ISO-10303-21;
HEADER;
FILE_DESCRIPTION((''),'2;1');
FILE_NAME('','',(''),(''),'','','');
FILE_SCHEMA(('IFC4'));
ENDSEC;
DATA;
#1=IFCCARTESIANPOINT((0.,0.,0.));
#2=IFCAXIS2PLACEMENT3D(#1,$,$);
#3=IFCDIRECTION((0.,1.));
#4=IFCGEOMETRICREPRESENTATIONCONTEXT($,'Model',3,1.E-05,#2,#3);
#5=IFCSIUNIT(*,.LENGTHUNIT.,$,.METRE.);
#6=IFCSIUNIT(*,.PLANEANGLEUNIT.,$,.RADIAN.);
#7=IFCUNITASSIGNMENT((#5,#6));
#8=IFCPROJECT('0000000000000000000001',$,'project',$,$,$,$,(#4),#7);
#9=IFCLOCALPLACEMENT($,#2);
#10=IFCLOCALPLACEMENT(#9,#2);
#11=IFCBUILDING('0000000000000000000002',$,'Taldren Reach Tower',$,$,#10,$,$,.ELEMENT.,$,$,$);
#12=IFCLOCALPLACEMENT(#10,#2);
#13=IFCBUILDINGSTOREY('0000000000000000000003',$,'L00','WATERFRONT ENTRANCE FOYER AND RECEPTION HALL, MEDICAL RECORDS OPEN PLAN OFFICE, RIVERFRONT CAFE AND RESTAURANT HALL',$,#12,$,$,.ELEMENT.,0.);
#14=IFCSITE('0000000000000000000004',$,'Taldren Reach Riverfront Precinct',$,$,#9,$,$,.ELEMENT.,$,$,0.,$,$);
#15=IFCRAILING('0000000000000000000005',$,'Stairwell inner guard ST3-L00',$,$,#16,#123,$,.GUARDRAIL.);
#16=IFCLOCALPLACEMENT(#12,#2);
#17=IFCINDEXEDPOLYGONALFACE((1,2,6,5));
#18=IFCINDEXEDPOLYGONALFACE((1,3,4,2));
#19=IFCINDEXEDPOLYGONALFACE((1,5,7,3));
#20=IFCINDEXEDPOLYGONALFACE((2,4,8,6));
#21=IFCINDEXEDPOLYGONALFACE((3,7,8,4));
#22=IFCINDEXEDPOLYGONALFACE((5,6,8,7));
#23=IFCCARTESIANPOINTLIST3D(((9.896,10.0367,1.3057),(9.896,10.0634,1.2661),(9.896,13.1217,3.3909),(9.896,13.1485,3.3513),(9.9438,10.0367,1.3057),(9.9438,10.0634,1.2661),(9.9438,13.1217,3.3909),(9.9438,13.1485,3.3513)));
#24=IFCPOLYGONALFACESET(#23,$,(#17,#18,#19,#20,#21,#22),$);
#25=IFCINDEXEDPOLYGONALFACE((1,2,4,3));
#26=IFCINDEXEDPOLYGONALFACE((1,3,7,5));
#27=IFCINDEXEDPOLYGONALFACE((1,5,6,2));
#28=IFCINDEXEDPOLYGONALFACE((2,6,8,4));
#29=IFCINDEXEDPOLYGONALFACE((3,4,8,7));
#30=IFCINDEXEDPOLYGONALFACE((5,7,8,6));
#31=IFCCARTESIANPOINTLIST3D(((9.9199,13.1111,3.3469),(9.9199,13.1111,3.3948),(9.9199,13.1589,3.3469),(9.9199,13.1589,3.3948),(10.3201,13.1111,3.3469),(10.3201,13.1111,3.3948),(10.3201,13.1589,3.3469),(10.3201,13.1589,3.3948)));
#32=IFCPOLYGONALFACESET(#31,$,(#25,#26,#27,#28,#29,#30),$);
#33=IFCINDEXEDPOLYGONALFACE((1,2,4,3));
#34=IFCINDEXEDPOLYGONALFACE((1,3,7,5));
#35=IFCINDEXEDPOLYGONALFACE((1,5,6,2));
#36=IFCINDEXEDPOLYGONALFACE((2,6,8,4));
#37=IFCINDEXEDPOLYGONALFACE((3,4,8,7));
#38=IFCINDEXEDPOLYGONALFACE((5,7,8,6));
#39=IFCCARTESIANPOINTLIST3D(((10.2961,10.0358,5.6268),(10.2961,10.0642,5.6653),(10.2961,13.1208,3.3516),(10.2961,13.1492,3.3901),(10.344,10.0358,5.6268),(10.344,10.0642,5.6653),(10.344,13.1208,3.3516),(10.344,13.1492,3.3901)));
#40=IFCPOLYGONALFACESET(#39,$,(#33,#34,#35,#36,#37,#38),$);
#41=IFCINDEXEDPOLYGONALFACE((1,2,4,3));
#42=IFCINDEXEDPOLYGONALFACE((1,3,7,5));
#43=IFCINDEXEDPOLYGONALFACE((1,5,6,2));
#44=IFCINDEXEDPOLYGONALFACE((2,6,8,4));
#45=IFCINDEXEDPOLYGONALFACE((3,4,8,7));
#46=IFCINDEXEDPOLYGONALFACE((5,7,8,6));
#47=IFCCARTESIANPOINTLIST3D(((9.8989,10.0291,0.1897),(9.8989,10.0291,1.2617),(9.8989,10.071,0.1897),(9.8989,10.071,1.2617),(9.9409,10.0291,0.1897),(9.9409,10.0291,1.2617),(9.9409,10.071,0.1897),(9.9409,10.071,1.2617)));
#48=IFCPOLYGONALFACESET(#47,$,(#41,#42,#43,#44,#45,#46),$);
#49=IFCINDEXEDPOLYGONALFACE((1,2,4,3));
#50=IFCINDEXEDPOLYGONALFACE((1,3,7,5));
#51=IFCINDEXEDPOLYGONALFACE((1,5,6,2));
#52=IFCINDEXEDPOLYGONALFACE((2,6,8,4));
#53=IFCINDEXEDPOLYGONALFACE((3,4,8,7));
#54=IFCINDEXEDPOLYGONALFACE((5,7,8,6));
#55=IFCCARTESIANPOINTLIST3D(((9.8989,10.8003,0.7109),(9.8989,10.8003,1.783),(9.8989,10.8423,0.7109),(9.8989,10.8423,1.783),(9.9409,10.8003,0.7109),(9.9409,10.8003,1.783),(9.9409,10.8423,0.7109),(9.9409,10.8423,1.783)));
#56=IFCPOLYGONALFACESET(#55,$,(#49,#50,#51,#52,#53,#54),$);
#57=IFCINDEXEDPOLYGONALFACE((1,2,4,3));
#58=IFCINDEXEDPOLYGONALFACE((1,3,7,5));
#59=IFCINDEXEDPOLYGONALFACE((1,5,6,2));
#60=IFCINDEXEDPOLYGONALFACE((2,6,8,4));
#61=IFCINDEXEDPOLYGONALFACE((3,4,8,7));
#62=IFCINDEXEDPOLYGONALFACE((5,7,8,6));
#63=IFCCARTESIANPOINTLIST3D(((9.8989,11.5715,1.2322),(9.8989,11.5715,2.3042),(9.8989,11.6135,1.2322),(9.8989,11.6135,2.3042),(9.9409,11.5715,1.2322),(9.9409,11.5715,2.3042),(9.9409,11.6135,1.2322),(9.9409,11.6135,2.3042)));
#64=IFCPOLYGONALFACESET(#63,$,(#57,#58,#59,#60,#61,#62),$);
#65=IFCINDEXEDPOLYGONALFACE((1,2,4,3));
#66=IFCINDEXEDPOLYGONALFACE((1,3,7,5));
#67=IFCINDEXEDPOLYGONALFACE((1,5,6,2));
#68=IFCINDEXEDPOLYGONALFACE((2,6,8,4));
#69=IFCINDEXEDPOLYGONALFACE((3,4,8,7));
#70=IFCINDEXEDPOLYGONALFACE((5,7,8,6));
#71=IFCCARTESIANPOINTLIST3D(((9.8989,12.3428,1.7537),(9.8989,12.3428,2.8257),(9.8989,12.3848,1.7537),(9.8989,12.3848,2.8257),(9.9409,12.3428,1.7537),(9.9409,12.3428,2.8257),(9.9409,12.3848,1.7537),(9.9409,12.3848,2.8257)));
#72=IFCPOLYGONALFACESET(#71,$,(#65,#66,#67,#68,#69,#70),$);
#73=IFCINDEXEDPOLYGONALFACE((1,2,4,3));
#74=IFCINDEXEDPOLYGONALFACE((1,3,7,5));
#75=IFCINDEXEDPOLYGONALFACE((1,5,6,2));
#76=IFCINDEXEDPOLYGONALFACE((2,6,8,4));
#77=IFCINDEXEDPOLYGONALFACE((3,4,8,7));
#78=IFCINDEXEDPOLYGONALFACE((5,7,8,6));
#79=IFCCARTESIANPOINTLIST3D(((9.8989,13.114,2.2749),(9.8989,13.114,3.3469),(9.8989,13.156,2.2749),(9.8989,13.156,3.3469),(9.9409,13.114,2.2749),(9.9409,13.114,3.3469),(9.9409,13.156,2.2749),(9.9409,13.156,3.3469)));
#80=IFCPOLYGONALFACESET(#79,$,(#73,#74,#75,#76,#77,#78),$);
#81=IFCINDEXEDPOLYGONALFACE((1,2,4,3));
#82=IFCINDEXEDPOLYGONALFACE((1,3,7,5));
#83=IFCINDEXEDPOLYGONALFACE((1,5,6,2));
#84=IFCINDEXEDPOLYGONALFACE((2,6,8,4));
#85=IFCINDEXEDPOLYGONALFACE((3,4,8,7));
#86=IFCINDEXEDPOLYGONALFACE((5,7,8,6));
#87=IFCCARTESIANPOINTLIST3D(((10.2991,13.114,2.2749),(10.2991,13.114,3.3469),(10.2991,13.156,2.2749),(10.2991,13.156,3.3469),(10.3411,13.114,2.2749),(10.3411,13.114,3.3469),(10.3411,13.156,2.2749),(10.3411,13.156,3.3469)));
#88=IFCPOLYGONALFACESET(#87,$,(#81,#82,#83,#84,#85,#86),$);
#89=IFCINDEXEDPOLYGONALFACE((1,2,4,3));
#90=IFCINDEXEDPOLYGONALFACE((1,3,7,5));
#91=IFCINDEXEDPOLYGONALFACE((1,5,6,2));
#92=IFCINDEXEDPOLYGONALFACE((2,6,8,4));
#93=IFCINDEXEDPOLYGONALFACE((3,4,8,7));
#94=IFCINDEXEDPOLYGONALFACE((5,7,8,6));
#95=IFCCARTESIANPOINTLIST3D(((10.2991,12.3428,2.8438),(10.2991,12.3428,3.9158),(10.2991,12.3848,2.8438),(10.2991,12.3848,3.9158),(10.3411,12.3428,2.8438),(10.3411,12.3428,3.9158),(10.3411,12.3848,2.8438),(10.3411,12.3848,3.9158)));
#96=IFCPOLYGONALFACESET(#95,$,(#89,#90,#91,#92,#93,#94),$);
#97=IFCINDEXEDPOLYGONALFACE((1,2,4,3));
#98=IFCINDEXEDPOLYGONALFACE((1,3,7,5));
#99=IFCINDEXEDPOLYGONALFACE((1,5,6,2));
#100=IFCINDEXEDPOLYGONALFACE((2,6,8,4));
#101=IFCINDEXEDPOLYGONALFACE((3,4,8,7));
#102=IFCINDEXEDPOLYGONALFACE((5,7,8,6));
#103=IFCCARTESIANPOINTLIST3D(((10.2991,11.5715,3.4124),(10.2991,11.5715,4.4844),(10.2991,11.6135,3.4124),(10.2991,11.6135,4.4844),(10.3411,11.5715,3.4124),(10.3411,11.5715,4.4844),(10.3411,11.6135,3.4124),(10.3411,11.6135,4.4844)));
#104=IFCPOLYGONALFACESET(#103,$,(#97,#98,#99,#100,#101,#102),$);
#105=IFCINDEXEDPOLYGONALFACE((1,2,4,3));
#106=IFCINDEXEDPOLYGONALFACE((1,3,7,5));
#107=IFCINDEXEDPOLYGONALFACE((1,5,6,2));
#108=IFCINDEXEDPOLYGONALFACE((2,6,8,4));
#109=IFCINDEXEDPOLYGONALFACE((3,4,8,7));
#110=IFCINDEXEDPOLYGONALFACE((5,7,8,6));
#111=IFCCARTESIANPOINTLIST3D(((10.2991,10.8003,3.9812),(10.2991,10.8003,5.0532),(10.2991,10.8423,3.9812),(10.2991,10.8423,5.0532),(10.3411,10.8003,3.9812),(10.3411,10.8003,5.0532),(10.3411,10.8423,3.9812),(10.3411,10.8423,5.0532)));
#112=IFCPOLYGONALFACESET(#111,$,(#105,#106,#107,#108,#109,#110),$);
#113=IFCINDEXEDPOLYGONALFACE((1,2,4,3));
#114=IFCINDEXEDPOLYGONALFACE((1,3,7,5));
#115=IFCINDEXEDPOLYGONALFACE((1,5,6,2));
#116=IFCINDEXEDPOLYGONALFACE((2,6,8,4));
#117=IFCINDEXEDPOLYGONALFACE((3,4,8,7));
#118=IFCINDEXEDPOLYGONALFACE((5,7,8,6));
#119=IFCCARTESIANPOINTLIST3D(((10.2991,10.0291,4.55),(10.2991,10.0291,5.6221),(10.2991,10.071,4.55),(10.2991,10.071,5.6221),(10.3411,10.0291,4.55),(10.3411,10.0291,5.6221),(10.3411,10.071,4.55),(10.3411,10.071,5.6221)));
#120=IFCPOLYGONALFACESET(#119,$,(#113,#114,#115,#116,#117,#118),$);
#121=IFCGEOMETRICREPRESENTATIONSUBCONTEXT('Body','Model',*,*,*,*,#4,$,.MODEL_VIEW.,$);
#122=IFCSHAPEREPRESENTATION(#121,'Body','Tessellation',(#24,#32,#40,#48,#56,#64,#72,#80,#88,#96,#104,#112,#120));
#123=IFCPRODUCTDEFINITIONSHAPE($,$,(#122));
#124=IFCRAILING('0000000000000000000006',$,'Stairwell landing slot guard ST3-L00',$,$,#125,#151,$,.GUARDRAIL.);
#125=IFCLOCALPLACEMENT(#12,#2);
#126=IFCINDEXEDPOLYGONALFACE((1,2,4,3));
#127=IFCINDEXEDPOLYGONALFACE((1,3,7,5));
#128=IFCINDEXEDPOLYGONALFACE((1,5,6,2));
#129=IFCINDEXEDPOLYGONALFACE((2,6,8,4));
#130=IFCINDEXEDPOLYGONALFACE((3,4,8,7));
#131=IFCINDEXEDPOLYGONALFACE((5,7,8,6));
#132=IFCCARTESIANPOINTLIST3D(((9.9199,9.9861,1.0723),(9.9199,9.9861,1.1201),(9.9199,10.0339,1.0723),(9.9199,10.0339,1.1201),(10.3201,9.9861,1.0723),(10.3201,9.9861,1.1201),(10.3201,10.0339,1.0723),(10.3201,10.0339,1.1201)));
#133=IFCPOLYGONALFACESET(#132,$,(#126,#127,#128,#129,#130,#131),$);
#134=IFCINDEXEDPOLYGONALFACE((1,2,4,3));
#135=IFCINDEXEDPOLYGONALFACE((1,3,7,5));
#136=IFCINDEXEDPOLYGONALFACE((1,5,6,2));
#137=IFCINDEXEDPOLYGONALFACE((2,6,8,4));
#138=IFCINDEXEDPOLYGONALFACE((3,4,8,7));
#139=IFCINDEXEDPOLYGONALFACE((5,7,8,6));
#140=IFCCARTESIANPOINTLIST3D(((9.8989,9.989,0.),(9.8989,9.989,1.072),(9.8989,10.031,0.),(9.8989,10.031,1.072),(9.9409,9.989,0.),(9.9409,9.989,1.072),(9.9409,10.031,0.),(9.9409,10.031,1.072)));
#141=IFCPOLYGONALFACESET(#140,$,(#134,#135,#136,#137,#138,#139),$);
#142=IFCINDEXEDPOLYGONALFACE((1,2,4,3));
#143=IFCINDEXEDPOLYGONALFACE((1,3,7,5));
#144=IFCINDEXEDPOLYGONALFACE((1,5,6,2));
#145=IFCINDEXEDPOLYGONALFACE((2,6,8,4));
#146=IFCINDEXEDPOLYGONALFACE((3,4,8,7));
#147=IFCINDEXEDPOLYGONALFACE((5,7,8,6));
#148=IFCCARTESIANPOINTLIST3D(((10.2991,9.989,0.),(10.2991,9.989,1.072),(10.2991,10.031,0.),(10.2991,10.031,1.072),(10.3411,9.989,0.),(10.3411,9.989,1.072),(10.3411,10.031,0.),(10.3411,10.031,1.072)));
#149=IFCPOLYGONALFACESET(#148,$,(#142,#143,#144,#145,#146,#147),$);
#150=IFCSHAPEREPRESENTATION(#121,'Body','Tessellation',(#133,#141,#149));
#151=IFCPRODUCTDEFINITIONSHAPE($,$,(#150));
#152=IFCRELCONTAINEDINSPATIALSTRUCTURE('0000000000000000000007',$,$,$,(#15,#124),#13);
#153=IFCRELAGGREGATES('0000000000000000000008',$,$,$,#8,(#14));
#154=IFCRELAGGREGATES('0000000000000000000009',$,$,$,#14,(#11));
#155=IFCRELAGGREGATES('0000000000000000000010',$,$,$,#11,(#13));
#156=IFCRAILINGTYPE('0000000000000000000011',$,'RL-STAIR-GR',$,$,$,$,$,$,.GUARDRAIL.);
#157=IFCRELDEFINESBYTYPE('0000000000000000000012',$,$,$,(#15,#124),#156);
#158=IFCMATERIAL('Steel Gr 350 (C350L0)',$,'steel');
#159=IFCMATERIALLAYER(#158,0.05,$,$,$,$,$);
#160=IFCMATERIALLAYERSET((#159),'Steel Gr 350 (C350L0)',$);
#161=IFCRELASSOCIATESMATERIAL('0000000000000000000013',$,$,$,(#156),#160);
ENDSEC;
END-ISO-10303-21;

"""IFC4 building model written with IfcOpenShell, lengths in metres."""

from ifc_helpers import new_model, si_unit, direction, frame, origin, origin_2d, place, context, subcontext, project, spatial, rectangle, extrude, material, layer, layer_set, type_object, element, save


model = new_model("IFC4")

# Units and contexts
model_context = context("Model", 3, precision=1e-05, world=origin(), true_north=direction((0.0, 1.0)))
body_context = subcontext(model_context, "Body", "Model", "MODEL_VIEW")
ifc_project = project(units=[si_unit("LENGTHUNIT", "METRE"), si_unit("PLANEANGLEUNIT", "RADIAN")], contexts=[model_context])

# Site, building, storey
site_placement = place(None, origin())
site = spatial("IfcSite", under=ifc_project, at=site_placement, Name="Taldren Reach Riverfront Precinct", CompositionType="ELEMENT", RefElevation=0.0)
building_placement = place(site_placement, origin())
building = spatial("IfcBuilding", under=site, at=building_placement, Name="Taldren Reach Tower", CompositionType="ELEMENT")
storey_placement = place(building_placement, origin())
storey = spatial("IfcBuildingStorey", under=building, at=storey_placement, Name="L00", Description="WATERFRONT ENTRANCE FOYER AND RECEPTION HALL, MEDICAL RECORDS OPEN PLAN OFFICE, RIVERFRONT CAFE AND RESTAURANT HALL", CompositionType="ELEMENT", Elevation=0.0)

# Railings
ifc_material_1 = material(Name="Steel Gr 350 (C350L0)", Category="steel")
ifc_layer_1 = layer(ifc_material_1, 0.05)
ifc_layer_set_1 = layer_set([ifc_layer_1], Name="Steel Gr 350 (C350L0)")
railing_type_1 = type_object("IfcRailingType", Name="RL-STAIR-GR", PredefinedType="GUARDRAIL", material=ifc_layer_set_1)
railing_1_placement = place(storey_placement, frame((9.9199, 10.05, 0.1897)))
element("IfcRailing", 1, at=railing_1_placement, inside=storey, type_object=railing_type_1, Name="Stairwell inner guard ST3-L00", PredefinedType="GUARDRAIL", context=body_context, shape_type="SweptSolid", body=[
    extrude(rectangle(XDim=0.0479, YDim=0.0479, at=origin_2d()), frame((0.0, 0.0, 1.0962), z_axis=(0.0, 0.828493, 0.56), x_axis=(-1.0, 0.0, 0.0)), (0.0, 0.0, 1.0), 3.7236),
    extrude(rectangle(XDim=0.0479, YDim=0.0479, at=origin_2d()), frame((0.0, 3.085, 3.1812), z_axis=(1.0, 0.0, 0.0), x_axis=(0.0, 1.0, 0.0)), (0.0, 0.0, 1.0), 0.4001),
    extrude(rectangle(XDim=0.0479, YDim=0.0479, at=origin_2d()), frame((0.4001, 3.085, 3.1812), z_axis=(0.0, -0.804804, 0.59354), x_axis=(1.0, 0.0, 0.0)), (0.0, 0.0, 1.0), 3.8333),
    extrude(rectangle(XDim=0.042, YDim=0.042, at=origin_2d()), origin(), (0.0, 0.0, 1.0), 1.072),
    extrude(rectangle(XDim=0.042, YDim=0.042, at=origin_2d()), frame((0.0, 0.7712, 0.5212)), (0.0, 0.0, 1.0), 1.072),
    extrude(rectangle(XDim=0.042, YDim=0.042, at=origin_2d()), frame((0.0, 1.5425, 1.0425)), (0.0, 0.0, 1.0), 1.072),
    extrude(rectangle(XDim=0.042, YDim=0.042, at=origin_2d()), frame((0.0, 2.3137, 1.564)), (0.0, 0.0, 1.0), 1.072),
    extrude(rectangle(XDim=0.042, YDim=0.042, at=origin_2d()), frame((0.0, 3.085, 2.0852)), (0.0, 0.0, 1.0), 1.072),
    extrude(rectangle(XDim=0.042, YDim=0.042, at=origin_2d()), frame((0.4001, 3.085, 2.0852)), (0.0, 0.0, 1.0), 1.072),
    extrude(rectangle(XDim=0.042, YDim=0.042, at=origin_2d()), frame((0.4001, 2.3137, 2.6541)), (0.0, 0.0, 1.0), 1.072),
    extrude(rectangle(XDim=0.042, YDim=0.042, at=origin_2d()), frame((0.4001, 1.5425, 3.2227)), (0.0, 0.0, 1.0), 1.072),
    extrude(rectangle(XDim=0.042, YDim=0.042, at=origin_2d()), frame((0.4001, 0.7712, 3.7915)), (0.0, 0.0, 1.0), 1.072),
    extrude(rectangle(XDim=0.042, YDim=0.042, at=origin_2d()), frame((0.4001, 0.0, 4.3604)), (0.0, 0.0, 1.0), 1.072),
])
railing_2_placement = place(storey_placement, frame((9.9199, 10.01, 0.0)))
element("IfcRailing", 2, at=railing_2_placement, inside=storey, type_object=railing_type_1, Name="Stairwell landing slot guard ST3-L00", PredefinedType="GUARDRAIL", context=body_context, shape_type="SweptSolid", body=[
    extrude(rectangle(XDim=0.0479, YDim=0.0479, at=origin_2d()), frame((0.0, 0.0, 1.0962), z_axis=(1.0, 0.0, 0.0), x_axis=(0.0, 1.0, 0.0)), (0.0, 0.0, 1.0), 0.4001),
    extrude(rectangle(XDim=0.042, YDim=0.042, at=origin_2d()), origin(), (0.0, 0.0, 1.0), 1.072),
    extrude(rectangle(XDim=0.042, YDim=0.042, at=origin_2d()), frame((0.4001, 0.0, 0.0)), (0.0, 0.0, 1.0), 1.072),
])

save(model, "model.ifc")
